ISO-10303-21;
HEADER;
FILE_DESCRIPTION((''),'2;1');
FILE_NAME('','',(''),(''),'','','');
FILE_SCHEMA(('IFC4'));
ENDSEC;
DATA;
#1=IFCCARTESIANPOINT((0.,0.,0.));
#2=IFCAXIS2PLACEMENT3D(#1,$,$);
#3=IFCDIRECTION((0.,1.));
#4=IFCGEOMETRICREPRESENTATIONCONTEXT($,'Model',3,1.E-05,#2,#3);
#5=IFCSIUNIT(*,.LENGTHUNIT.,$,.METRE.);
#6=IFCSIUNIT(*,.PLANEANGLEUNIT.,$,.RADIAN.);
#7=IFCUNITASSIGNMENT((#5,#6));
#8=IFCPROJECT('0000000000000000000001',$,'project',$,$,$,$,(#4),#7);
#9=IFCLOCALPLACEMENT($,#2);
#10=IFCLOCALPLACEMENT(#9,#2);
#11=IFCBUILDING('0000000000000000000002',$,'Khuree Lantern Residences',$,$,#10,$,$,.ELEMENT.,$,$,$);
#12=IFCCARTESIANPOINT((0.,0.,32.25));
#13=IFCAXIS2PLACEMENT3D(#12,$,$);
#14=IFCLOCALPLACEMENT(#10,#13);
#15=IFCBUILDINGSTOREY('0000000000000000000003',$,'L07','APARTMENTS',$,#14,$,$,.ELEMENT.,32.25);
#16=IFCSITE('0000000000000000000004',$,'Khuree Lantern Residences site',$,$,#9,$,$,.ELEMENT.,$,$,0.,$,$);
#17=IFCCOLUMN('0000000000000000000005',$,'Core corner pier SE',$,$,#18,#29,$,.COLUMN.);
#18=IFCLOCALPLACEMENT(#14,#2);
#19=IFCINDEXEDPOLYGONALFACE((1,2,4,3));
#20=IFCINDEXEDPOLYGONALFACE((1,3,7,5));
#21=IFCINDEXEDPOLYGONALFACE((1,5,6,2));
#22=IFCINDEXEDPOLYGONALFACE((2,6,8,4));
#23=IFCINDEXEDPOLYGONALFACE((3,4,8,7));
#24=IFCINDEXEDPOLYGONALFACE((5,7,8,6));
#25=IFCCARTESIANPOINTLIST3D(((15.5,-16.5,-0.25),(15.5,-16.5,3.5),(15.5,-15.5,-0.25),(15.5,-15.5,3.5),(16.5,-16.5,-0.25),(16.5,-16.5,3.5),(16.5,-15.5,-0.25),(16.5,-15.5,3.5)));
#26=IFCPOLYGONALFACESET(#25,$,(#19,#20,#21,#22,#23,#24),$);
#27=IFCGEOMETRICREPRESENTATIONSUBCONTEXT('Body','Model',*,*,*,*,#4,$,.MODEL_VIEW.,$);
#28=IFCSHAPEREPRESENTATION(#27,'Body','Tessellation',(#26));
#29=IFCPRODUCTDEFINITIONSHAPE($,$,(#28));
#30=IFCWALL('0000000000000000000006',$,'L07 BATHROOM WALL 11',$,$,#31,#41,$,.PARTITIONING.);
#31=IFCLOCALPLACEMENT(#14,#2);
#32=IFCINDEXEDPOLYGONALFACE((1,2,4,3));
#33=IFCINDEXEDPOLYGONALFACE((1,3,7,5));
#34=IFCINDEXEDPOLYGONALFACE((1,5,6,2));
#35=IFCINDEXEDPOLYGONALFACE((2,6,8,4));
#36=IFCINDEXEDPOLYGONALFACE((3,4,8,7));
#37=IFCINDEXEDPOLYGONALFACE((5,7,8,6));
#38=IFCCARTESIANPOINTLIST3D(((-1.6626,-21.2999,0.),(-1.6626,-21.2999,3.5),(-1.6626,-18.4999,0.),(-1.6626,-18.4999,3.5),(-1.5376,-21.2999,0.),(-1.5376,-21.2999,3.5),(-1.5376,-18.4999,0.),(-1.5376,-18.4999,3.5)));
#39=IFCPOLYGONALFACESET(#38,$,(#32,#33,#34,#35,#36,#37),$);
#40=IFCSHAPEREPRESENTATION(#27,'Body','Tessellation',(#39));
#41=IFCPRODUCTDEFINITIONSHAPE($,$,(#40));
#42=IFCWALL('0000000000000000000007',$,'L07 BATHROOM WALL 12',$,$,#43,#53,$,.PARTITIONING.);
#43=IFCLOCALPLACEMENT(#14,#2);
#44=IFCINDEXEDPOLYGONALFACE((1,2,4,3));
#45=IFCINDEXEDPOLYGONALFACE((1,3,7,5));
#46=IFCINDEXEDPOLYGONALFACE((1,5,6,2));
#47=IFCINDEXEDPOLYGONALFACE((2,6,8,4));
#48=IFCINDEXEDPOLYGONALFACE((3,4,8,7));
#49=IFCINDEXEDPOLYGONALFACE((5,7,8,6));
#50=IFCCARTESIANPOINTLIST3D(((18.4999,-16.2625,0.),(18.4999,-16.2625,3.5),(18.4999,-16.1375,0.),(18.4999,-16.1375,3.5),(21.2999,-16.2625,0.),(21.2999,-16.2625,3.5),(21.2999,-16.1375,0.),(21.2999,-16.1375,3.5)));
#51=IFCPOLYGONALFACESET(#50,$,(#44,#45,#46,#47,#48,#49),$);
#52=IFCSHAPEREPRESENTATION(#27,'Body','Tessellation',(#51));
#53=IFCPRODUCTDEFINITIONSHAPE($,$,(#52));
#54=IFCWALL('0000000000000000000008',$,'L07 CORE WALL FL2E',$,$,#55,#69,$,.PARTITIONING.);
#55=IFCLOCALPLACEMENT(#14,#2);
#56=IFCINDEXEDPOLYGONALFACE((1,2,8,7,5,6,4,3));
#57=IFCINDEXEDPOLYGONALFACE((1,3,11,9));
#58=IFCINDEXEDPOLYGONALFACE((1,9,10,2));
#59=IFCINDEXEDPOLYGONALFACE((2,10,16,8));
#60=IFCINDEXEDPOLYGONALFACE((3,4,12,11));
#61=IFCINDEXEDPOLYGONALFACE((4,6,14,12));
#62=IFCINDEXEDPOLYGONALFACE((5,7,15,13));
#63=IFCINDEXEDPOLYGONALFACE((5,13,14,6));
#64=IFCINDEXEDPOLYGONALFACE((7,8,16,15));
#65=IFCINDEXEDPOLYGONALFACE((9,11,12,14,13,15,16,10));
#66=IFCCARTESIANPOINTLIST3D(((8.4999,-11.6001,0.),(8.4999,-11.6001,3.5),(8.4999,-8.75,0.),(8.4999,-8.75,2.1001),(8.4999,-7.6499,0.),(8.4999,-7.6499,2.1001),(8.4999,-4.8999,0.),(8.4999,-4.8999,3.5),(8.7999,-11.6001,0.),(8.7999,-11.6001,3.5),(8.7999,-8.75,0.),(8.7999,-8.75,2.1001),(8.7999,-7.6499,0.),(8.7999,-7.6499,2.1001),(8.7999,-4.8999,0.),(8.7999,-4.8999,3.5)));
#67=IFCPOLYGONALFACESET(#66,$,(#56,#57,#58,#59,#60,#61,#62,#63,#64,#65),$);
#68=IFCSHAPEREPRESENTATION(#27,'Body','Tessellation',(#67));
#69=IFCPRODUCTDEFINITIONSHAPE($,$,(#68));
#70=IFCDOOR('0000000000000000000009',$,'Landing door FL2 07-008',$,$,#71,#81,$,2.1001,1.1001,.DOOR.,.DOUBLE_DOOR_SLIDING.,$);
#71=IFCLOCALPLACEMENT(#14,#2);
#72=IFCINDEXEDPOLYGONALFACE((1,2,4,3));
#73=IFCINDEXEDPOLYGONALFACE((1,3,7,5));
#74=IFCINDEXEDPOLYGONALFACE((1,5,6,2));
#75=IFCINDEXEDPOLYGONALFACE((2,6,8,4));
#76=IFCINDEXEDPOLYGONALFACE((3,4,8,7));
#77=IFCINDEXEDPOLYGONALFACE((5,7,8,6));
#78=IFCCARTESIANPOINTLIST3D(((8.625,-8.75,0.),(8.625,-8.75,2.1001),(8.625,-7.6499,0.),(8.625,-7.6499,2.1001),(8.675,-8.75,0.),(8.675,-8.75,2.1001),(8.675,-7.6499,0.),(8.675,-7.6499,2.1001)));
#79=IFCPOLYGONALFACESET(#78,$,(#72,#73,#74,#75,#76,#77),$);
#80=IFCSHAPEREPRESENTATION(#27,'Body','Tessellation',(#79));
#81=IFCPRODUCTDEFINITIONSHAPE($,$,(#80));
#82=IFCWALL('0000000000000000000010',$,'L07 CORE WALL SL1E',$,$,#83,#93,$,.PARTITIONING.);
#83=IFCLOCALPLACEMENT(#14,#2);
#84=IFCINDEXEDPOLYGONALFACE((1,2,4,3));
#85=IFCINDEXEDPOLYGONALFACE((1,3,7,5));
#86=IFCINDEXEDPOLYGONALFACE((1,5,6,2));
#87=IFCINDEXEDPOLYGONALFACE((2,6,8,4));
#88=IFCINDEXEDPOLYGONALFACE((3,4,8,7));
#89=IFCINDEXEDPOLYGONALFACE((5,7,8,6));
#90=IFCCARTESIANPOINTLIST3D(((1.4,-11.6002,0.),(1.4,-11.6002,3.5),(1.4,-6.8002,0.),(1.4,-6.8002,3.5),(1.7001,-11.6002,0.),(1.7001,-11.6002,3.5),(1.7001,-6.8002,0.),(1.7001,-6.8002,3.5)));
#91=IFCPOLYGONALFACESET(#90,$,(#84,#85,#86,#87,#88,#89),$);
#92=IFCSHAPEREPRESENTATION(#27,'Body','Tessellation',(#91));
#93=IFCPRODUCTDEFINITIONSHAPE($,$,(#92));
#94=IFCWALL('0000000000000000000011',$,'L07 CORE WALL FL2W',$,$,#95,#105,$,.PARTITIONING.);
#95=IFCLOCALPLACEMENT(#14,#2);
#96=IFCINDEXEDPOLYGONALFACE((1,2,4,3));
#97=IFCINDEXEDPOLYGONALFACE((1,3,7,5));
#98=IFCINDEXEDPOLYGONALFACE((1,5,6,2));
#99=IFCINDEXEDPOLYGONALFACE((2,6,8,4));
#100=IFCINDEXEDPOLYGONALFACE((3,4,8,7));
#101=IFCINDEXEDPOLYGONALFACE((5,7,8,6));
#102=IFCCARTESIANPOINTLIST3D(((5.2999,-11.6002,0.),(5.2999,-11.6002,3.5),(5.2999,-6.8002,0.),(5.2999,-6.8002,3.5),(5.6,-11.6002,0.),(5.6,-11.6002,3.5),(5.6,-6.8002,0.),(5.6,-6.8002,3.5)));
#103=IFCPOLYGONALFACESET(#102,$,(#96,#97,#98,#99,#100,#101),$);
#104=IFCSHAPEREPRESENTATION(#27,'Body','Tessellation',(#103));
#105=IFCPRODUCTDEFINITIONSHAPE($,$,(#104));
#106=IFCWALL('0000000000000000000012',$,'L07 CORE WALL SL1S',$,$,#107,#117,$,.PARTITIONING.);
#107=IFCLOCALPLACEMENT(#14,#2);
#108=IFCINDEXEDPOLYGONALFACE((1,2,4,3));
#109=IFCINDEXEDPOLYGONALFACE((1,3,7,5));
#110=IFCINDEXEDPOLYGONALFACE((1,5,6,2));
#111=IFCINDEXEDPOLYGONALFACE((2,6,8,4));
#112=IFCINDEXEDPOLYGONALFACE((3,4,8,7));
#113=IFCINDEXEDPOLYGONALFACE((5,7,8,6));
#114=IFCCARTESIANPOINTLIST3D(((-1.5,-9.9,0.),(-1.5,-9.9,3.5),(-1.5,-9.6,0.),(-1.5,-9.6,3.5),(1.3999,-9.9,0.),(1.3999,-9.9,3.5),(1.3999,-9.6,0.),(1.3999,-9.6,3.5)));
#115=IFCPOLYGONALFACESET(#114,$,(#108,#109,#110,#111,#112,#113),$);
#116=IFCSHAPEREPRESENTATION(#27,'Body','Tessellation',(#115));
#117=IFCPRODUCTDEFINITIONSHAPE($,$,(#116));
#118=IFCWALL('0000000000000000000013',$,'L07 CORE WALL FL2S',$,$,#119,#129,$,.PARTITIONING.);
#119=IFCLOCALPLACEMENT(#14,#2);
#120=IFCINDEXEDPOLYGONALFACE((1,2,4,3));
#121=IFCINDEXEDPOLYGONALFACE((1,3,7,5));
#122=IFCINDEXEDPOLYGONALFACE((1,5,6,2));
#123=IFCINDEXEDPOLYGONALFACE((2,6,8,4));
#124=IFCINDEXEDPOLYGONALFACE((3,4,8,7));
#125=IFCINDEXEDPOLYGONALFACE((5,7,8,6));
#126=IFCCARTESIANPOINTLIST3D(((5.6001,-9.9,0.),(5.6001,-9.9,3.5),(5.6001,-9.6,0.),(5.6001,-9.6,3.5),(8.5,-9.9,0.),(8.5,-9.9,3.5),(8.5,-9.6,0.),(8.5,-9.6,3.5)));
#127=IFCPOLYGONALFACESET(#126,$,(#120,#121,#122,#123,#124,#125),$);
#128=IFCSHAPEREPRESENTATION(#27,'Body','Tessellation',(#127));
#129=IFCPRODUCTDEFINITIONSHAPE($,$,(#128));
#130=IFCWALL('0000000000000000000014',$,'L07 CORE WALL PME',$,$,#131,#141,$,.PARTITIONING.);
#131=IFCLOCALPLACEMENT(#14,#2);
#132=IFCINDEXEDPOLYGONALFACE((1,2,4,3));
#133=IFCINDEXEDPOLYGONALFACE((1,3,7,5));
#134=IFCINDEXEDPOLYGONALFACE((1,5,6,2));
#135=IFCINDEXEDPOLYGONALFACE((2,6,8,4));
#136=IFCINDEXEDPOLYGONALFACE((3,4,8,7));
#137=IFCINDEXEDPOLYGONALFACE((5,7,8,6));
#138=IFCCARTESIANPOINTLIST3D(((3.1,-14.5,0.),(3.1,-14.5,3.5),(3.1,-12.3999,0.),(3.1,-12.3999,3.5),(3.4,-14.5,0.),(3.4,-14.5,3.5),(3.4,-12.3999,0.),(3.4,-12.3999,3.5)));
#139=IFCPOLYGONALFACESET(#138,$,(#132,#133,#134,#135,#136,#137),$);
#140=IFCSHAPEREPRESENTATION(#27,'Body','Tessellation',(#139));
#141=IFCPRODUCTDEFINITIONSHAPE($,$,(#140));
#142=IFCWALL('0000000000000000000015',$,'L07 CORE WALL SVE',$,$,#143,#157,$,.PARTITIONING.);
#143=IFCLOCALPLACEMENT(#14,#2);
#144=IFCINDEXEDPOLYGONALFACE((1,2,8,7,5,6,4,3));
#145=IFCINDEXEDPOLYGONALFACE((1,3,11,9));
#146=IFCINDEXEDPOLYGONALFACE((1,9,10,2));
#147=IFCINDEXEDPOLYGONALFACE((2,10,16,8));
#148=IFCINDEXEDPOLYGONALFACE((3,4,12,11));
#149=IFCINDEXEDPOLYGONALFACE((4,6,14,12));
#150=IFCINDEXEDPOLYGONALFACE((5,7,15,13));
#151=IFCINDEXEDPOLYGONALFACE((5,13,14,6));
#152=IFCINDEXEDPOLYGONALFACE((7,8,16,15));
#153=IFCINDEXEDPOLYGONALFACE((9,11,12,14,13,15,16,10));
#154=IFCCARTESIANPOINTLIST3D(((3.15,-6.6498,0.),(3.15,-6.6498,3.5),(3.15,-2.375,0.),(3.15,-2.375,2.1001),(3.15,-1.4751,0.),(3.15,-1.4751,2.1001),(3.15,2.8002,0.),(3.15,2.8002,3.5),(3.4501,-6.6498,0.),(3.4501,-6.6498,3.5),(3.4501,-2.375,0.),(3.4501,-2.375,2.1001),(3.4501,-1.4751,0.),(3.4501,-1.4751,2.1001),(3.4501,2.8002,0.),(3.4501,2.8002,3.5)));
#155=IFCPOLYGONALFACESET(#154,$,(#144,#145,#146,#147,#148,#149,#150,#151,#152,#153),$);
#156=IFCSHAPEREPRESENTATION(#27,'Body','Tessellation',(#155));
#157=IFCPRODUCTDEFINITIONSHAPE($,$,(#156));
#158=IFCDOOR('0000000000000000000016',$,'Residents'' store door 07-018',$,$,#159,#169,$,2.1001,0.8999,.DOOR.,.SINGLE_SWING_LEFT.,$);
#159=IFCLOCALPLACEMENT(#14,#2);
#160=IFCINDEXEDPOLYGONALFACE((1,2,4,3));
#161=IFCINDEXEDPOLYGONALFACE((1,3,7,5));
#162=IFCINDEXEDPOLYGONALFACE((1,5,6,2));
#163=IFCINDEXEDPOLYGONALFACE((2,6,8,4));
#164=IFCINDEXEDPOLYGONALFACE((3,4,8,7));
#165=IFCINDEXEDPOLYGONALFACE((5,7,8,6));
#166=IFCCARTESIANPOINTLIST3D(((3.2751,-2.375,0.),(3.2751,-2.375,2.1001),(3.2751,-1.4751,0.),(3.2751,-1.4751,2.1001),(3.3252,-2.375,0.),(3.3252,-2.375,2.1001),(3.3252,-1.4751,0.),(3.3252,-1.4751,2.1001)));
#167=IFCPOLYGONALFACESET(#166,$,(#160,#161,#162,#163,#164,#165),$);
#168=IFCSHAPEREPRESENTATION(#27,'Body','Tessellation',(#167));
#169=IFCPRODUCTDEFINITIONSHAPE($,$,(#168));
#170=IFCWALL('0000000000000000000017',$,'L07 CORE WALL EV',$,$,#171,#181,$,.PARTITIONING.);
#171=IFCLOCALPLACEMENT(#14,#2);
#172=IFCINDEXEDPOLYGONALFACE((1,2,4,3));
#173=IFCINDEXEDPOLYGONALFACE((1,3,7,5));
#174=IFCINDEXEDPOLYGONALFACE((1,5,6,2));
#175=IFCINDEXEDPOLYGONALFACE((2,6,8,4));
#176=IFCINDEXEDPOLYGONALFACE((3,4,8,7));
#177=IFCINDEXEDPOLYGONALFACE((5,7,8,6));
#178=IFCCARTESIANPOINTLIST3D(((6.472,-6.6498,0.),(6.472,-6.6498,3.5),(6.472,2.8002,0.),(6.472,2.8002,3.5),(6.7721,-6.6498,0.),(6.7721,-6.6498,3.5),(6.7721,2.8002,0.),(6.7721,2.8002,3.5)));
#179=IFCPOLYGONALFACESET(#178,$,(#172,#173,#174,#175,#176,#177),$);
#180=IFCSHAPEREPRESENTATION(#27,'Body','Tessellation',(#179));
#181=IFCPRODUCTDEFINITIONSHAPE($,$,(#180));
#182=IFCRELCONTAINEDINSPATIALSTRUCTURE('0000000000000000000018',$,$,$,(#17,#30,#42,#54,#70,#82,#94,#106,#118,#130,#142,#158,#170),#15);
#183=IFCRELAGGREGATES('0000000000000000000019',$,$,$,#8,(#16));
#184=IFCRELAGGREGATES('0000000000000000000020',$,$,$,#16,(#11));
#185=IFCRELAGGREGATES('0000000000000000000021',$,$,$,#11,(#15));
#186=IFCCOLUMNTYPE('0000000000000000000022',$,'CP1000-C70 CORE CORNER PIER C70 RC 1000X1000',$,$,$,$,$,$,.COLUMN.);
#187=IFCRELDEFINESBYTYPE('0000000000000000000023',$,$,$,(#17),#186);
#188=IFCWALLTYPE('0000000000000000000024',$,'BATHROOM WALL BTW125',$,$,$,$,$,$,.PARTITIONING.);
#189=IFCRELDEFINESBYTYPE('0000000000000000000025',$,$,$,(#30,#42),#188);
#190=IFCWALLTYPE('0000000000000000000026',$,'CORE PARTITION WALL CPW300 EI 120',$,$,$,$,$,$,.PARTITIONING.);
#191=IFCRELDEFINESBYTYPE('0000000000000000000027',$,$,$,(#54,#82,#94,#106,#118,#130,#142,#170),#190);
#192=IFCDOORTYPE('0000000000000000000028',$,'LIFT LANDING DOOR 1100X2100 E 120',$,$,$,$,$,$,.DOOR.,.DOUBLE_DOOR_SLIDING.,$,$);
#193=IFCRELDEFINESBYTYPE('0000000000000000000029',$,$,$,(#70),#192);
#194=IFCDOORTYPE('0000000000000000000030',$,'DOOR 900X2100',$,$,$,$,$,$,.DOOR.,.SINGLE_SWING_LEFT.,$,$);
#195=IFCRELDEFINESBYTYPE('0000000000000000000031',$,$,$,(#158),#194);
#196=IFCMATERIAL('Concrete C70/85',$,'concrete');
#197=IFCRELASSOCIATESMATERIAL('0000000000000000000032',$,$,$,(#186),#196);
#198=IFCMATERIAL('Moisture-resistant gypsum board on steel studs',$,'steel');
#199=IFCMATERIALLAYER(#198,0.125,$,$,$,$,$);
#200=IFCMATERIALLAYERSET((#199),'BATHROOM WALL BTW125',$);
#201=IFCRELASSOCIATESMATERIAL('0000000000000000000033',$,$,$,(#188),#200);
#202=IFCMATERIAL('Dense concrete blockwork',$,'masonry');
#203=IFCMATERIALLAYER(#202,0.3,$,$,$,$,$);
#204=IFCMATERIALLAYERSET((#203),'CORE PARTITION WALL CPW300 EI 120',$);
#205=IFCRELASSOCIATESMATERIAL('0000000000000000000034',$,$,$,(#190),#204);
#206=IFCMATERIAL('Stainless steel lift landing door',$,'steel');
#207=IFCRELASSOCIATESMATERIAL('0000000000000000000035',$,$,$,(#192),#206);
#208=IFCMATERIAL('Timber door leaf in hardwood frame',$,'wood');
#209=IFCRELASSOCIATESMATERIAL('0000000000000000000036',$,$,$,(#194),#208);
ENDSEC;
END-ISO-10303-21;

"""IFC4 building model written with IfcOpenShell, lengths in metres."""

from ifc_helpers import new_model, si_unit, direction, frame, frame_2d, origin, origin_2d, place, context, subcontext, project, spatial, rectangle, extrude, material, layer, layer_set, material_profile, profile_set, type_object, element, fill, save


model = new_model("IFC4")

# Units and contexts
model_context = context("Model", 3, precision=1e-05, world=origin(), true_north=direction((0.0, 1.0)))
body_context = subcontext(model_context, "Body", "Model", "MODEL_VIEW")
ifc_project = project(units=[si_unit("LENGTHUNIT", "METRE"), si_unit("PLANEANGLEUNIT", "RADIAN")], contexts=[model_context])

# Site, building, storey
site_placement = place(None, origin())
site = spatial("IfcSite", under=ifc_project, at=site_placement, Name="Khuree Lantern Residences site", CompositionType="ELEMENT", RefElevation=0.0)
building_placement = place(site_placement, origin())
building = spatial("IfcBuilding", under=site, at=building_placement, Name="Khuree Lantern Residences", CompositionType="ELEMENT")
storey_placement = place(building_placement, frame((0.0, 0.0, 32.25)))
storey = spatial("IfcBuildingStorey", under=building, at=storey_placement, Name="L07", Description="APARTMENTS", CompositionType="ELEMENT", Elevation=32.25)

# Column
ifc_material_1 = material(Name="Concrete C70/85", Category="concrete")
ifc_material_profile = material_profile(ifc_material_1, rectangle(XDim=1.0, YDim=1.0, at=origin_2d()), Name="RC 1000X1000")
ifc_profile_set = profile_set([ifc_material_profile], Name="Concrete C70/85")
column_type = type_object("IfcColumnType", Name="CP1000-C70 CORE CORNER PIER C70 RC 1000X1000", PredefinedType="COLUMN", material=ifc_profile_set)
column_placement = place(storey_placement, frame((16.0, -16.0, -0.25), z_axis=(0.0, 0.0, 1.0), x_axis=(1.0, 0.0, 0.0)))
element("IfcColumn", 1, at=column_placement, inside=storey, type_object=column_type, Name="Core corner pier SE", PredefinedType="COLUMN", context=body_context, shape_type="SweptSolid", body=[
    extrude(rectangle(XDim=1.0, YDim=1.0, at=origin_2d()), origin(), (0.0, 0.0, 1.0), 3.75),
])

# Walls
ifc_material_2 = material(Name="Moisture-resistant gypsum board on steel studs", Category="steel")
ifc_layer_1 = layer(ifc_material_2, 0.125)
ifc_layer_set_1 = layer_set([ifc_layer_1], Name="BATHROOM WALL BTW125")
wall_type_1 = type_object("IfcWallType", Name="BATHROOM WALL BTW125", PredefinedType="PARTITIONING", material=ifc_layer_set_1)
for number, where, z_axis, x_axis, name in (
    (2, (-1.6001, -18.5, 0.0), (0.0, 0.0, 1.0), (0.0, -1.0, 0.0), "L07 BATHROOM WALL 11"),
    (3, (18.5, -16.2, 0.0), (0.0, 0.0, 1.0), (1.0, 0.0, 0.0), "L07 BATHROOM WALL 12"),
):
    element("IfcWall", number, at=place(storey_placement, frame(where, z_axis=z_axis, x_axis=x_axis)), inside=storey, type_object=wall_type_1, Name=name, PredefinedType="PARTITIONING", context=body_context, shape_type="SweptSolid", body=[
        extrude(rectangle(XDim=2.8, YDim=0.125, at=frame_2d((1.3999, 0.0))), origin(), (0.0, 0.0, 1.0), 3.5),
    ])

# Wall, opening, door
ifc_material_3 = material(Name="Dense concrete blockwork", Category="masonry")
ifc_layer_2 = layer(ifc_material_3, 0.3)
ifc_layer_set_2 = layer_set([ifc_layer_2], Name="CORE PARTITION WALL CPW300 EI 120")
wall_type_2 = type_object("IfcWallType", Name="CORE PARTITION WALL CPW300 EI 120", PredefinedType="PARTITIONING", material=ifc_layer_set_2)
wall_1_placement = place(storey_placement, frame((8.6499, -11.6001, 0.0), z_axis=(0.0, 0.0, 1.0), x_axis=(0.0, 1.0, 0.0)))
wall_1 = element("IfcWall", 4, at=wall_1_placement, inside=storey, type_object=wall_type_2, Name="L07 CORE WALL FL2E", PredefinedType="PARTITIONING", context=body_context, shape_type="SweptSolid", body=[
    extrude(rectangle(XDim=6.7002, YDim=0.3, at=frame_2d((3.3501, 0.0))), origin(), (0.0, 0.0, 1.0), 3.5),
])
opening_1_placement = place(wall_1_placement, frame((2.8501, 0.0, 0.0)))
opening_1 = element("IfcOpeningElement", 5, at=opening_1_placement, cuts=wall_1, PredefinedType="OPENING", context=body_context, shape_type="SweptSolid", body=[
    extrude(rectangle(XDim=1.1001, YDim=2.1001, at=frame_2d((0.55, 1.05))), frame((0.0, 0.1602, 0.0), z_axis=(0.0, -1.0, 0.0), x_axis=(1.0, 0.0, 0.0)), (0.0, 0.0, 1.0), 0.3201),
])
ifc_material_4 = material(Name="Stainless steel lift landing door", Category="steel")
door_type_1 = type_object("IfcDoorType", Name="LIFT LANDING DOOR 1100X2100 E 120", OperationType="DOUBLE_DOOR_SLIDING", PredefinedType="DOOR", material=ifc_material_4)
door_1_placement = place(opening_1_placement, origin())
door_1 = element("IfcDoor", 6, at=door_1_placement, inside=storey, type_object=door_type_1, Name="Landing door FL2 07-008", OperationType="DOUBLE_DOOR_SLIDING", OverallHeight=2.1001, OverallWidth=1.1001, PredefinedType="DOOR", context=body_context, shape_type="SweptSolid", body=[
    extrude(rectangle(XDim=1.1001, YDim=2.1001, at=frame_2d((0.55, 1.05))), frame((0.0, 0.0249, 0.0), z_axis=(0.0, -1.0, 0.0), x_axis=(1.0, 0.0, 0.0)), (0.0, 0.0, 1.0), 0.05),
])
fill(opening_1, door_1)

# Walls
for number, where, z_axis, x_axis, name in (
    (7, (1.55, -11.6001, 0.0), (0.0, 0.0, 1.0), (0.0, 1.0, 0.0), "L07 CORE WALL SL1E"),
    (8, (5.45, -11.6001, 0.0), (0.0, 0.0, 1.0), (0.0, 1.0, 0.0), "L07 CORE WALL FL2W"),
):
    element("IfcWall", number, at=place(storey_placement, frame(where, z_axis=z_axis, x_axis=x_axis)), inside=storey, type_object=wall_type_2, Name=name, PredefinedType="PARTITIONING", context=body_context, shape_type="SweptSolid", body=[
        extrude(rectangle(XDim=4.8, YDim=0.3, at=frame_2d((2.3999, 0.0))), origin(), (0.0, 0.0, 1.0), 3.5),
    ])
for number, where, z_axis, x_axis, name in (
    (9, (-1.5, -9.75, 0.0), (0.0, 0.0, 1.0), (1.0, 0.0, 0.0), "L07 CORE WALL SL1S"),
    (10, (5.6001, -9.75, 0.0), (0.0, 0.0, 1.0), (1.0, 0.0, 0.0), "L07 CORE WALL FL2S"),
):
    element("IfcWall", number, at=place(storey_placement, frame(where, z_axis=z_axis, x_axis=x_axis)), inside=storey, type_object=wall_type_2, Name=name, PredefinedType="PARTITIONING", context=body_context, shape_type="SweptSolid", body=[
        extrude(rectangle(XDim=2.8999, YDim=0.3, at=frame_2d((1.45, 0.0))), origin(), (0.0, 0.0, 1.0), 3.5),
    ])
wall_2_placement = place(storey_placement, frame((3.25, -14.5, 0.0), z_axis=(0.0, 0.0, 1.0), x_axis=(0.0, 1.0, 0.0)))
element("IfcWall", 11, at=wall_2_placement, inside=storey, type_object=wall_type_2, Name="L07 CORE WALL PME", PredefinedType="PARTITIONING", context=body_context, shape_type="SweptSolid", body=[
    extrude(rectangle(XDim=2.1001, YDim=0.3, at=frame_2d((1.05, 0.0))), origin(), (0.0, 0.0, 1.0), 3.5),
])

# Wall, opening, door
wall_3_placement = place(storey_placement, frame((3.3, -6.6499, 0.0), z_axis=(0.0, 0.0, 1.0), x_axis=(0.0, 1.0, 0.0)))
wall_3 = element("IfcWall", 12, at=wall_3_placement, inside=storey, type_object=wall_type_2, Name="L07 CORE WALL SVE", PredefinedType="PARTITIONING", context=body_context, shape_type="SweptSolid", body=[
    extrude(rectangle(XDim=9.45, YDim=0.3, at=frame_2d((4.7251, 0.0))), origin(), (0.0, 0.0, 1.0), 3.5),
])
opening_2_placement = place(wall_3_placement, frame((4.2749, 0.0, 0.0)))
opening_2 = element("IfcOpeningElement", 13, at=opening_2_placement, cuts=wall_3, PredefinedType="OPENING", context=body_context, shape_type="SweptSolid", body=[
    extrude(rectangle(XDim=0.8999, YDim=2.1001, at=frame_2d((0.45, 1.05))), frame((0.0, 0.1602, 0.0), z_axis=(0.0, -1.0, 0.0), x_axis=(1.0, 0.0, 0.0)), (0.0, 0.0, 1.0), 0.3201),
])
ifc_material_5 = material(Name="Timber door leaf in hardwood frame", Category="wood")
door_type_2 = type_object("IfcDoorType", Name="DOOR 900X2100", OperationType="SINGLE_SWING_LEFT", PredefinedType="DOOR", material=ifc_material_5)
door_2_placement = place(opening_2_placement, origin())
door_2 = element("IfcDoor", 14, at=door_2_placement, inside=storey, type_object=door_type_2, Name="Residents' store door 07-018", OperationType="SINGLE_SWING_LEFT", OverallHeight=2.1001, OverallWidth=0.8999, PredefinedType="DOOR", context=body_context, shape_type="SweptSolid", body=[
    extrude(rectangle(XDim=0.8999, YDim=2.1001, at=frame_2d((0.45, 1.05))), frame((0.0, 0.0249, 0.0), z_axis=(0.0, -1.0, 0.0), x_axis=(1.0, 0.0, 0.0)), (0.0, 0.0, 1.0), 0.05),
])
fill(opening_2, door_2)

# Wall
wall_4_placement = place(storey_placement, frame((6.6221, -6.6499, 0.0), z_axis=(0.0, 0.0, 1.0), x_axis=(0.0, 1.0, 0.0)))
element("IfcWall", 15, at=wall_4_placement, inside=storey, type_object=wall_type_2, Name="L07 CORE WALL EV", PredefinedType="PARTITIONING", context=body_context, shape_type="SweptSolid", body=[
    extrude(rectangle(XDim=9.45, YDim=0.3, at=frame_2d((4.7251, 0.0))), origin(), (0.0, 0.0, 1.0), 3.5),
])

save(model, "model.ifc")
